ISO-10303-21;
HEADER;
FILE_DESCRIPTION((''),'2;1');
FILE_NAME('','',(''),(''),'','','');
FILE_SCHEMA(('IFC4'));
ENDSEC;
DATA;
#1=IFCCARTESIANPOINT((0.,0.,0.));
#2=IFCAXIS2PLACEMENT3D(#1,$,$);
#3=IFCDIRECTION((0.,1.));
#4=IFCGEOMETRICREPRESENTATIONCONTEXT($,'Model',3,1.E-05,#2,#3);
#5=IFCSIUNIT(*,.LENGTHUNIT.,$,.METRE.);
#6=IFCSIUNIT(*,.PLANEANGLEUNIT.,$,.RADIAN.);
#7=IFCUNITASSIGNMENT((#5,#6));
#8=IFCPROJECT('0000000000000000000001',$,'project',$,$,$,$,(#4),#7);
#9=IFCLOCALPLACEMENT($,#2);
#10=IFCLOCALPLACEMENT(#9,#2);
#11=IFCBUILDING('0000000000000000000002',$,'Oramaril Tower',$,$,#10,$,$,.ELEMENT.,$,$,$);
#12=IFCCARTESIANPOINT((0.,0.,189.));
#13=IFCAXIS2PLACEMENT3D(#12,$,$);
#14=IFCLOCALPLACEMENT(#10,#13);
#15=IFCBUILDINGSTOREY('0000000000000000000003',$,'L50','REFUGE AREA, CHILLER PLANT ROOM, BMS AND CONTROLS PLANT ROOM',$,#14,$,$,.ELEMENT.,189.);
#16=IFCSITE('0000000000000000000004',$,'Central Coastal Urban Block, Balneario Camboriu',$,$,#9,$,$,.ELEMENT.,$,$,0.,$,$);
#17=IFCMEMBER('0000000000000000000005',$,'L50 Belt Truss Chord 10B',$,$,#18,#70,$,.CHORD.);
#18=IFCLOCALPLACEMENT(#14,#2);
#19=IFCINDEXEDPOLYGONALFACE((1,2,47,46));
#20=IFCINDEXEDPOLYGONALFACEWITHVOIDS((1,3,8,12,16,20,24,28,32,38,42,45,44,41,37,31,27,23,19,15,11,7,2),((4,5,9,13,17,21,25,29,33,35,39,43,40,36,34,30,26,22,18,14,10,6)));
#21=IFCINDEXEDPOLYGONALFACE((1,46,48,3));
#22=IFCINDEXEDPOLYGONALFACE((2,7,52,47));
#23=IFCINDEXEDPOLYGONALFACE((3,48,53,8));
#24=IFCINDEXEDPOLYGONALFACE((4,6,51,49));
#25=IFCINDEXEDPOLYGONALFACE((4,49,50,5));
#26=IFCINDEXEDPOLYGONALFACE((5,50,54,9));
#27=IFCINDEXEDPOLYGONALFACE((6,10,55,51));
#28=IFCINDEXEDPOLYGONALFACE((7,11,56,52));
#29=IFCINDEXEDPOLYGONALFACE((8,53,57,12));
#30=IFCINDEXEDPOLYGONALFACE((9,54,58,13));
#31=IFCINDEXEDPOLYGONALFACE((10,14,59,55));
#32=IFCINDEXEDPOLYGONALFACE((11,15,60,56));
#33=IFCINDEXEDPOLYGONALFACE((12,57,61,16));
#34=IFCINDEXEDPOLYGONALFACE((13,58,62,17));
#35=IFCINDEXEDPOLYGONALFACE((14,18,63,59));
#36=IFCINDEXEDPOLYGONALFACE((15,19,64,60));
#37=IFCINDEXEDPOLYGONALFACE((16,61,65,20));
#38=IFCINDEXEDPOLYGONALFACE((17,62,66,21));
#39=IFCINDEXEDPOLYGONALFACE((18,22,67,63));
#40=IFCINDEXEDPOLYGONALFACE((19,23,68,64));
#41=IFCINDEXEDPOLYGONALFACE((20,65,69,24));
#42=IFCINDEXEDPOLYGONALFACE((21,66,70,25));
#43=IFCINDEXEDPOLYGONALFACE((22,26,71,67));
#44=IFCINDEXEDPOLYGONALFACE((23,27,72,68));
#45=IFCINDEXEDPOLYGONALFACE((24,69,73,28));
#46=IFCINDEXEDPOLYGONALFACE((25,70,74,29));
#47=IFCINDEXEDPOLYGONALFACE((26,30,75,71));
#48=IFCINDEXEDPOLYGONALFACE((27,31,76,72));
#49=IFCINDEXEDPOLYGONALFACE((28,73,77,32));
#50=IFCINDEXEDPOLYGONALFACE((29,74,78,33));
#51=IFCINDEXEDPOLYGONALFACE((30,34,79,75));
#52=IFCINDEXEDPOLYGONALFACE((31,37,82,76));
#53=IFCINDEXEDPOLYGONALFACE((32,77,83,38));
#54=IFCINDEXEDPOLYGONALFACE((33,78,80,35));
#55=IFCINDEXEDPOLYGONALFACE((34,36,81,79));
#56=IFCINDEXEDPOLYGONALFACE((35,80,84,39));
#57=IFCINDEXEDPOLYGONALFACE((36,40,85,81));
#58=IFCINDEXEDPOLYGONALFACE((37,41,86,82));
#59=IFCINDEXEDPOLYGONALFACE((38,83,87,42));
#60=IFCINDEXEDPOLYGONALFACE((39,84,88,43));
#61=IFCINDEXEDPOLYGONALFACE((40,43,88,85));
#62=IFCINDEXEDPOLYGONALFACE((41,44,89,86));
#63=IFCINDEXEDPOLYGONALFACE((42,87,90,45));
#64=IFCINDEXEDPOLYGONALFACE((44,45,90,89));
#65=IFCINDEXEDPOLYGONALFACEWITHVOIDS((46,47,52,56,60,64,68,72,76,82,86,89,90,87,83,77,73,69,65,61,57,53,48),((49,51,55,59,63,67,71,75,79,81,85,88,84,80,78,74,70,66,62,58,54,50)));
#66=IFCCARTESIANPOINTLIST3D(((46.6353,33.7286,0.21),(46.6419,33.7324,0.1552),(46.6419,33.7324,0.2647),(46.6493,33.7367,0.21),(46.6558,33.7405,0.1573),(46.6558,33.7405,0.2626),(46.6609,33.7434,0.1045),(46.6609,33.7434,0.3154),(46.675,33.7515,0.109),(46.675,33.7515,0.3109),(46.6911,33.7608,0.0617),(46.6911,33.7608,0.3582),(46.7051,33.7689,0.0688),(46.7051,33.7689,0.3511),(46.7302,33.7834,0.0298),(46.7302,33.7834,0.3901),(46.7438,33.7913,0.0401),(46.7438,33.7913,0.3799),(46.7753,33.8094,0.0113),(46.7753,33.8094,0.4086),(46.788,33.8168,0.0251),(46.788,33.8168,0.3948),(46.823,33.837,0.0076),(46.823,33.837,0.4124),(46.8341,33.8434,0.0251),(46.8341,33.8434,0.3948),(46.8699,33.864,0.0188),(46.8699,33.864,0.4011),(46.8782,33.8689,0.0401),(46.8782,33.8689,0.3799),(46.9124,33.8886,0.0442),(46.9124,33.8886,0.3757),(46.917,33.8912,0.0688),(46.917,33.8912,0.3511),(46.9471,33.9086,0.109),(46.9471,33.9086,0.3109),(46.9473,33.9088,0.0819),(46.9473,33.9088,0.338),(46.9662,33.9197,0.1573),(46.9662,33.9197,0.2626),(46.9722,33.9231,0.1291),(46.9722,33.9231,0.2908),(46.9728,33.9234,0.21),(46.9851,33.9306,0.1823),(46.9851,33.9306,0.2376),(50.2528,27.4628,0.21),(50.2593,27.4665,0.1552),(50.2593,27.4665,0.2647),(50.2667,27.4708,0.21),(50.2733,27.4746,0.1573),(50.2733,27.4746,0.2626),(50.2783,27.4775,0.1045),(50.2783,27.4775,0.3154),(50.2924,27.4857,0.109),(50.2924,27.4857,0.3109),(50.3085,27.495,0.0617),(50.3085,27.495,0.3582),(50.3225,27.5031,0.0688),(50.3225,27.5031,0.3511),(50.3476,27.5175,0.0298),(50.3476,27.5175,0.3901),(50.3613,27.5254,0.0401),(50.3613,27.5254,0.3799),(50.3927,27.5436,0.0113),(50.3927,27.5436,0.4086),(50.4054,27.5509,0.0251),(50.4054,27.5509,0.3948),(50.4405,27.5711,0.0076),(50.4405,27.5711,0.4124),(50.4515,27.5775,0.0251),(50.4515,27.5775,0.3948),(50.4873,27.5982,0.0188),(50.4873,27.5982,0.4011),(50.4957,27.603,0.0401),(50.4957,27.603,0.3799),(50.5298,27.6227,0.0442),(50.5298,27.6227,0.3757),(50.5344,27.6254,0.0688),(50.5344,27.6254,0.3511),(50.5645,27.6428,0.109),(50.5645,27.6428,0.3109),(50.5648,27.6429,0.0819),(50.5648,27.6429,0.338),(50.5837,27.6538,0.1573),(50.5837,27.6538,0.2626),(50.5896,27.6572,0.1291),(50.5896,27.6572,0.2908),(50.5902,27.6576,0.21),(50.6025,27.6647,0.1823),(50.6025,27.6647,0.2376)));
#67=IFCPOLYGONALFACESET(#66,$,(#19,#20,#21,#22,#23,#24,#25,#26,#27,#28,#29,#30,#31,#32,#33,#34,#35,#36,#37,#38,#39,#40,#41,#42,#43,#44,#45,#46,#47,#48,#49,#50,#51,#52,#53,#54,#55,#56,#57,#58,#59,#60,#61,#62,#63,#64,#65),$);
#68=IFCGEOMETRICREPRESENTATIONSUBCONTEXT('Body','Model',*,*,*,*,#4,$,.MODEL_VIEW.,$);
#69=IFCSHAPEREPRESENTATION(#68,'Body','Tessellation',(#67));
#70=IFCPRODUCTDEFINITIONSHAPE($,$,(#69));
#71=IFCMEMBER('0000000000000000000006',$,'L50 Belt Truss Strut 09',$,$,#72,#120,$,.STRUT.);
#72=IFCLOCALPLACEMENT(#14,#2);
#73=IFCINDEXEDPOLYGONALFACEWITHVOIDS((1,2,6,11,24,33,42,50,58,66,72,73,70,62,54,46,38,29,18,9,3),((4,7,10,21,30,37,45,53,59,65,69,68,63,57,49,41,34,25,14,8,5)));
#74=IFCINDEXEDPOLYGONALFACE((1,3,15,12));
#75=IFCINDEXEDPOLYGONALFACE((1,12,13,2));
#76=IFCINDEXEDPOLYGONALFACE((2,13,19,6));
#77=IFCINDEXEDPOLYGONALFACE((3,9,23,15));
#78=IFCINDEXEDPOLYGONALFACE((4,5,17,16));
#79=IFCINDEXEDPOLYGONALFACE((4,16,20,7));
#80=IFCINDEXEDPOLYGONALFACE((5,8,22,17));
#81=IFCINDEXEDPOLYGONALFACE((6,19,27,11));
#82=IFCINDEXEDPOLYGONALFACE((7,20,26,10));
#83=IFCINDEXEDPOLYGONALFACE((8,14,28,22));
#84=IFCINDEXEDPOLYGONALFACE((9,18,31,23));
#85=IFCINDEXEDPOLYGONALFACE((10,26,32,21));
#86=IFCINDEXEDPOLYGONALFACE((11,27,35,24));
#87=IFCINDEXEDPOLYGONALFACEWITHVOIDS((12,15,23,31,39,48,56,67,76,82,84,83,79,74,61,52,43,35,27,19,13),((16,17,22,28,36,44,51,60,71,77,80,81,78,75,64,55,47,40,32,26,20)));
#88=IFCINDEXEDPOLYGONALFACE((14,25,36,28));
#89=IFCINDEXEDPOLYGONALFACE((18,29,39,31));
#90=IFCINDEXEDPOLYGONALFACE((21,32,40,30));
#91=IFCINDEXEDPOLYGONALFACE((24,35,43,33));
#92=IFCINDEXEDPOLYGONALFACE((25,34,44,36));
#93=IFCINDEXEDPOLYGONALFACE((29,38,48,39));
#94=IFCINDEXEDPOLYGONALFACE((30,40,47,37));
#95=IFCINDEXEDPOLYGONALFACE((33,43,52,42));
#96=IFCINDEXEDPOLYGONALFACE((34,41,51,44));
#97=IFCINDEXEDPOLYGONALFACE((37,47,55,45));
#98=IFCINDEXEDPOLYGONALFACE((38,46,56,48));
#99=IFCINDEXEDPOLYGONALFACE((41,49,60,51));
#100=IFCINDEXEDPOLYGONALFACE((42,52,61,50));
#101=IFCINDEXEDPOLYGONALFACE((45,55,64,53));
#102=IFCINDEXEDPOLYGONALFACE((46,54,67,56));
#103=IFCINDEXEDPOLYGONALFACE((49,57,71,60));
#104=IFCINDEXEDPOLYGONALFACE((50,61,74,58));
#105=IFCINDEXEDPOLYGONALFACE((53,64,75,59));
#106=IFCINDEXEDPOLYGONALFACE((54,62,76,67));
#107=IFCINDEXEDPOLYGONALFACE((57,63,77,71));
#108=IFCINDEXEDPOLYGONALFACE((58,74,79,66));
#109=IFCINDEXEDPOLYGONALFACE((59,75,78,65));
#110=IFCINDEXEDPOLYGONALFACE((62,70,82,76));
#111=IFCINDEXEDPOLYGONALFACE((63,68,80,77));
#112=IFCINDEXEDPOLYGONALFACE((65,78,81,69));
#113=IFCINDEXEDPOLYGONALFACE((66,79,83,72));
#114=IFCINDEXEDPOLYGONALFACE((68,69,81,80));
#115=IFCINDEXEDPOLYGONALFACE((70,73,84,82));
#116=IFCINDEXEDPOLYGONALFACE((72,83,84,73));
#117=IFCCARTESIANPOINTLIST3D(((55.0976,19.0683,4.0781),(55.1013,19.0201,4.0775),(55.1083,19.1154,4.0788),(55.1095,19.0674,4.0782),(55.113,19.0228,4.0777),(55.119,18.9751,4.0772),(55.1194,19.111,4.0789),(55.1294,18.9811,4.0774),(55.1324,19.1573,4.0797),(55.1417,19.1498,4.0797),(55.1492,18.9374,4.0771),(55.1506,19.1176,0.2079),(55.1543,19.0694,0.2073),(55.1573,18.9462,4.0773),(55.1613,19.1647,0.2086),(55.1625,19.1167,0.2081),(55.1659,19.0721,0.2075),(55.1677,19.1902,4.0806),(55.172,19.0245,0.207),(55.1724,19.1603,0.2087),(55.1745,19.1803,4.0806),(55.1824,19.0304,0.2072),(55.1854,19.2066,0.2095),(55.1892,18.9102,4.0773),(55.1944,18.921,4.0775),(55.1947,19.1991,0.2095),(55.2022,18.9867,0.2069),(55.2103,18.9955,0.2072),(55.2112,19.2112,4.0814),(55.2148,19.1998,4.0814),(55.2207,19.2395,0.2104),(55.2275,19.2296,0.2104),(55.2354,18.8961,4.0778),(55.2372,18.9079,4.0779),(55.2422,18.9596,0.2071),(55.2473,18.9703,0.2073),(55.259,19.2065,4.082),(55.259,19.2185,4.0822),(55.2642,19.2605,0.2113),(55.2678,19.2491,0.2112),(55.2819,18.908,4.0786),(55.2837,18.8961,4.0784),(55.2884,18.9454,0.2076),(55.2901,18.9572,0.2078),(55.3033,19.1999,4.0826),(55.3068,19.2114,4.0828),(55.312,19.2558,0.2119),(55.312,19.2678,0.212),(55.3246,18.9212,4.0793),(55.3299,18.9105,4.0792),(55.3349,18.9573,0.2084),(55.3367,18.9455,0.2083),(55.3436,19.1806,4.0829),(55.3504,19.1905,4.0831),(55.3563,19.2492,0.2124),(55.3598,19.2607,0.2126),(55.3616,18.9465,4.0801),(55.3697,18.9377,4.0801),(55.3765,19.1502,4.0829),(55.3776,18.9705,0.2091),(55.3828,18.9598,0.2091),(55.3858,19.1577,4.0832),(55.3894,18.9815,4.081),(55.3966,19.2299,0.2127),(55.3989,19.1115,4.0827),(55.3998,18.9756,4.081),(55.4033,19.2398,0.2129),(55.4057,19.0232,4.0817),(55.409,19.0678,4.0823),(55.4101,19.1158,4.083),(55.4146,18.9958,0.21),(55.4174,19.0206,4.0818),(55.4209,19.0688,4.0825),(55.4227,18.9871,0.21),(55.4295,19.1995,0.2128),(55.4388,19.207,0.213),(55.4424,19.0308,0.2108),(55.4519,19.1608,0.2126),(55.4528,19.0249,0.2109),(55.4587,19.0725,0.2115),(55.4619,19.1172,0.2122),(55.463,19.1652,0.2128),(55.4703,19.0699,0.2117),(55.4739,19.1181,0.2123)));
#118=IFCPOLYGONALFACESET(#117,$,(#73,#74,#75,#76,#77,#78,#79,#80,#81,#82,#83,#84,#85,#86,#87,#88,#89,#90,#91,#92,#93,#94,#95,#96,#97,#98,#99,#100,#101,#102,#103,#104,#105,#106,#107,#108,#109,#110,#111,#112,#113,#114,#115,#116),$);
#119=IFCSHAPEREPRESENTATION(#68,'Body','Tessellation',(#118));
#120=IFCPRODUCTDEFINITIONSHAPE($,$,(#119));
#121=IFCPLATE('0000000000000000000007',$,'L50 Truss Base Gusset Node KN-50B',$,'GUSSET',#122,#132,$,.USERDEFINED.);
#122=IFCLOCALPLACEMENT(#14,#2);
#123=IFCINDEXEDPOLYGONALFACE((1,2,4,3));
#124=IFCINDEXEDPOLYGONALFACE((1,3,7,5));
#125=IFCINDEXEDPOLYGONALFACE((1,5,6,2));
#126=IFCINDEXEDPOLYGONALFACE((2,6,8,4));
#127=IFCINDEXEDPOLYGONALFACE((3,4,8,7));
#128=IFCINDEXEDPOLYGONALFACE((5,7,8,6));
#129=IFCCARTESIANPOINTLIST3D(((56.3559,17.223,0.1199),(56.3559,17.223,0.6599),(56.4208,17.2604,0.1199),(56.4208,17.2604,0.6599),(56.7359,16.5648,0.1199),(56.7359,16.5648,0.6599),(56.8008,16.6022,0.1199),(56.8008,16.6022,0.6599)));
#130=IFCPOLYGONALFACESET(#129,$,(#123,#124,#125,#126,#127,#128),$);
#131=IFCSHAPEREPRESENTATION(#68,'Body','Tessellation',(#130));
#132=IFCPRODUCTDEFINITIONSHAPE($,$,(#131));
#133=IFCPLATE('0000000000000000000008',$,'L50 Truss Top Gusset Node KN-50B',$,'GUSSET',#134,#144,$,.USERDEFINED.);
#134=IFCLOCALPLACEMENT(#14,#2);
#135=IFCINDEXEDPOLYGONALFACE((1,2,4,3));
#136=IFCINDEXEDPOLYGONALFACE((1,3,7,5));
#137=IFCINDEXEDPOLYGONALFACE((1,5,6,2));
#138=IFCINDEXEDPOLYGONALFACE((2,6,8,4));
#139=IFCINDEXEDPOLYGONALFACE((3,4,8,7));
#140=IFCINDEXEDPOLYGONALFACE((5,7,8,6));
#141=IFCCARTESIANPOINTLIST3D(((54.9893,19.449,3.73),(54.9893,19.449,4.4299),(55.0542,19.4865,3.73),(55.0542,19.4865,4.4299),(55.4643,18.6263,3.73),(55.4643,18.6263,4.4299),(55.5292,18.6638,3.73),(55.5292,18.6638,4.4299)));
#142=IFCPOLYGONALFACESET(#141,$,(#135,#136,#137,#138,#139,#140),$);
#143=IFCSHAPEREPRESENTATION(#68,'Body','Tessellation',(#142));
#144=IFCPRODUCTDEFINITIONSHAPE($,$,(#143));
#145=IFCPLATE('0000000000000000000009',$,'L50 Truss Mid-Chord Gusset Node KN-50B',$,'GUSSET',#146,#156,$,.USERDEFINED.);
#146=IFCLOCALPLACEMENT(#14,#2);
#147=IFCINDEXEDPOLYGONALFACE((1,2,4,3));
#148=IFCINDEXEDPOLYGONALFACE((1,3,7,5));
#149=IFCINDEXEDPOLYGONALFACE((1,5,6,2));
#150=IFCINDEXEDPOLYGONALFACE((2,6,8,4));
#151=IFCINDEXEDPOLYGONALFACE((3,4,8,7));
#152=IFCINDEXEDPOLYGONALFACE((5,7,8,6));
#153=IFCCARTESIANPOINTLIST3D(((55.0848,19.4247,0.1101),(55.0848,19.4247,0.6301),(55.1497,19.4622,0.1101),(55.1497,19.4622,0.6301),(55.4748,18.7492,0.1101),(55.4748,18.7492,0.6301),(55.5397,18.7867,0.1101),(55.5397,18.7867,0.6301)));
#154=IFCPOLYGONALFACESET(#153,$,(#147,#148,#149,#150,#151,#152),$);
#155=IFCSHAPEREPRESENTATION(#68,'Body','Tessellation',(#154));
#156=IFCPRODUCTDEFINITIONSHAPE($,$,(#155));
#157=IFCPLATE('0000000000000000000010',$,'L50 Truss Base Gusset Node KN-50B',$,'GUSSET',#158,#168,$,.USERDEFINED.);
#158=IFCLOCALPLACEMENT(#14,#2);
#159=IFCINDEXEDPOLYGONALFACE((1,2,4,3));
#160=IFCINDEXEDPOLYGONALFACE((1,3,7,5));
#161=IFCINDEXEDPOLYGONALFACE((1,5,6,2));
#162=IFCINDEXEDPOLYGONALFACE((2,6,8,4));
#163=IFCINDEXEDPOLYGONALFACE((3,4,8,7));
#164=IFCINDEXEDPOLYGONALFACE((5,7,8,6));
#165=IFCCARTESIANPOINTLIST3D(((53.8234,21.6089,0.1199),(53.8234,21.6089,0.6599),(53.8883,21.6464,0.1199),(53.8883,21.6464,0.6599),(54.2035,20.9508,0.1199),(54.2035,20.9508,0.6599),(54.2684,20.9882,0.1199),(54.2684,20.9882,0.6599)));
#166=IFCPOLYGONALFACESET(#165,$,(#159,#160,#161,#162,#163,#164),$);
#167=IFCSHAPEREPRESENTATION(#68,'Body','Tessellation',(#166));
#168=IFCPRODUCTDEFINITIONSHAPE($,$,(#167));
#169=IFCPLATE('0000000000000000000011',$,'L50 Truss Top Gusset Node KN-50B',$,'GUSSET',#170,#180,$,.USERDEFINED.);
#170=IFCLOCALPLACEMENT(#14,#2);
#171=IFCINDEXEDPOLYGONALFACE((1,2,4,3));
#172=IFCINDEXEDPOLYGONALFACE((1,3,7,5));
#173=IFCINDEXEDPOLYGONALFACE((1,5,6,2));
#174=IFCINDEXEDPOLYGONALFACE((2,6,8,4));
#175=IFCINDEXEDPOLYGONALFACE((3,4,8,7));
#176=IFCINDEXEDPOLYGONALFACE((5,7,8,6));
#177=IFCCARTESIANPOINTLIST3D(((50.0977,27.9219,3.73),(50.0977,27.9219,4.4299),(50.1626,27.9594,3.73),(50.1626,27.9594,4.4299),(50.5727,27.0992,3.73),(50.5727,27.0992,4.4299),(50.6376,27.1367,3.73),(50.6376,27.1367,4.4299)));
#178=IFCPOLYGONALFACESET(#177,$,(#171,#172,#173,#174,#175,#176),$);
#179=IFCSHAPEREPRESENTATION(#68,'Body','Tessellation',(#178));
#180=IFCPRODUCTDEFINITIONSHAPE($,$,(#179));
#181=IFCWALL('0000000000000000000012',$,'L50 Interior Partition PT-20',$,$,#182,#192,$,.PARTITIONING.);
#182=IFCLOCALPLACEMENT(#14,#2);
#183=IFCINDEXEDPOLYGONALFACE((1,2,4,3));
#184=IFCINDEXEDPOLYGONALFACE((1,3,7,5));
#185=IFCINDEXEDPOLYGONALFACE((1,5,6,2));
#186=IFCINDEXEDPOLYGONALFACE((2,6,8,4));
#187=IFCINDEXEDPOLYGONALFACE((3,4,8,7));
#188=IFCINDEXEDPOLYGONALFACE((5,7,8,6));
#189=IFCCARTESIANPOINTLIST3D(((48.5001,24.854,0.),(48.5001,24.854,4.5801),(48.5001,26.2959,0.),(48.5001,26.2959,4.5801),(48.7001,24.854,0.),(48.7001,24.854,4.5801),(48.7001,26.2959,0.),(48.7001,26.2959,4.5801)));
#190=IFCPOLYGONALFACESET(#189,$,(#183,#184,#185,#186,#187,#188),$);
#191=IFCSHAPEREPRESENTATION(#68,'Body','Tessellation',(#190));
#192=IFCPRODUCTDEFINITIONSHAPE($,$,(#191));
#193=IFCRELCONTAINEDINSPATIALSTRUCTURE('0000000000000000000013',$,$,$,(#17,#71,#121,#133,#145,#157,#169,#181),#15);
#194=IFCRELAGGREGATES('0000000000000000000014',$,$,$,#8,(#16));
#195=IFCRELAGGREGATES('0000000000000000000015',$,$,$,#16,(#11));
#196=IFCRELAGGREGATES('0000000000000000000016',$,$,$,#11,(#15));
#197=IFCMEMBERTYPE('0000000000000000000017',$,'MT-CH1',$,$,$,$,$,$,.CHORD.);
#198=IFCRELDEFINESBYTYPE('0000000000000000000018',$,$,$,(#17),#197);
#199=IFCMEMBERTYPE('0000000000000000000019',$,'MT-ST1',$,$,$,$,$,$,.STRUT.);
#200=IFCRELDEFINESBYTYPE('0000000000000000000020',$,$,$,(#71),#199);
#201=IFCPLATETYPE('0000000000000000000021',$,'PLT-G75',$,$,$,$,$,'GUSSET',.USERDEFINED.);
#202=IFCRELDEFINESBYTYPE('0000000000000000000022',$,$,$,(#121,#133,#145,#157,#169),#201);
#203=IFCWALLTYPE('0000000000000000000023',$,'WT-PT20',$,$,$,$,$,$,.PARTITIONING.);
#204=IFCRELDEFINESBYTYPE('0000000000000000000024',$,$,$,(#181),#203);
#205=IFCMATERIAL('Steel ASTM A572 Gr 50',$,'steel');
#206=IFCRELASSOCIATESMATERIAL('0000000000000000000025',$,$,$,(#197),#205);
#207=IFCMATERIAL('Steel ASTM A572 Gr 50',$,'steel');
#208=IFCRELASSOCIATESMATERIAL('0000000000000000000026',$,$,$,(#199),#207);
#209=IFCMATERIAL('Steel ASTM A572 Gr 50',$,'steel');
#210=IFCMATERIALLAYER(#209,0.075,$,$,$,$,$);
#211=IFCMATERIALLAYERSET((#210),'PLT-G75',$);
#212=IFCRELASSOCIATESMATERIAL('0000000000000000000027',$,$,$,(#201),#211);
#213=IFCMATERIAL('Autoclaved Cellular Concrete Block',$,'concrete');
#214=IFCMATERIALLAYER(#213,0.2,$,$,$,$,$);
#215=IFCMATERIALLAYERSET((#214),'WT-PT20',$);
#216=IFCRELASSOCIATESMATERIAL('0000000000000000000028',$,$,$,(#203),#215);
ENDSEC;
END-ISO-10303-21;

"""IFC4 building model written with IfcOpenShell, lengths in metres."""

from ifc_helpers import new_model, si_unit, direction, frame, frame_2d, origin, origin_2d, place, context, subcontext, project, spatial, rectangle, hollow_circle, extrude, material, layer, layer_set, material_profile, profile_set, type_object, element, save


model = new_model("IFC4")

# Units and contexts
model_context = context("Model", 3, precision=1e-05, world=origin(), true_north=direction((0.0, 1.0)))
body_context = subcontext(model_context, "Body", "Model", "MODEL_VIEW")
ifc_project = project(units=[si_unit("LENGTHUNIT", "METRE"), si_unit("PLANEANGLEUNIT", "RADIAN")], contexts=[model_context])

# Site, building, storey
site_placement = place(None, origin())
site = spatial("IfcSite", under=ifc_project, at=site_placement, Name="Central Coastal Urban Block, Balneario Camboriu", CompositionType="ELEMENT", RefElevation=0.0)
building_placement = place(site_placement, origin())
building = spatial("IfcBuilding", under=site, at=building_placement, Name="Oramaril Tower", CompositionType="ELEMENT")
storey_placement = place(building_placement, frame((0.0, 0.0, 189.0)))
storey = spatial("IfcBuildingStorey", under=building, at=storey_placement, Name="L50", Description="REFUGE AREA, CHILLER PLANT ROOM, BMS AND CONTROLS PLANT ROOM", CompositionType="ELEMENT", Elevation=189.0)

# Members
ifc_material_1 = material(Name="Steel ASTM A572 Gr 50", Category="steel")
ifc_material_profile_1 = material_profile(ifc_material_1, hollow_circle(Radius=0.2029, WallThickness=0.0161, at=origin_2d()), Name="CHS406X16")
ifc_profile_set_1 = profile_set([ifc_material_profile_1], Name="Steel ASTM A572 Gr 50")
member_type_1 = type_object("IfcMemberType", Name="MT-CH1", PredefinedType="CHORD", material=ifc_profile_set_1)
member_1_placement = place(storey_placement, frame((50.4285, 27.5642, 0.21), z_axis=(-0.499982, 0.866036, 0.0), x_axis=(-0.866036, -0.499982, 0.0)))
element("IfcMember", 1, at=member_1_placement, inside=storey, type_object=member_type_1, Name="L50 Belt Truss Chord 10B", PredefinedType="CHORD", context=body_context, shape_type="SweptSolid", body=[
    extrude(hollow_circle(Radius=0.2029, WallThickness=0.0161, at=origin_2d()), origin(), (0.0, 0.0, 1.0), 7.2351),
])
ifc_material_2 = material(Name="Steel ASTM A572 Gr 50", Category="steel")
ifc_material_profile_2 = material_profile(ifc_material_2, hollow_circle(Radius=0.1621, WallThickness=0.012, at=origin_2d()), Name="CHS324X12")
ifc_profile_set_2 = profile_set([ifc_material_profile_2], Name="Steel ASTM A572 Gr 50")
member_type_2 = type_object("IfcMemberType", Name="MT-ST1", PredefinedType="STRUT", material=ifc_profile_set_2)
member_2_placement = place(storey_placement, frame((55.3123, 19.1057, 0.21), z_axis=(-0.013687, -0.012741, 0.999825), x_axis=(0.681356, -0.731952, 0.0)))
element("IfcMember", 2, at=member_2_placement, inside=storey, type_object=member_type_2, Name="L50 Belt Truss Strut 09", PredefinedType="STRUT", context=body_context, shape_type="SweptSolid", body=[
    extrude(hollow_circle(Radius=0.1621, WallThickness=0.012, at=origin_2d()), origin(), (0.0, 0.0, 1.0), 3.8708),
])

# Plates
ifc_material_3 = material(Name="Steel ASTM A572 Gr 50", Category="steel")
ifc_layer_1 = layer(ifc_material_3, 0.075)
ifc_layer_set_1 = layer_set([ifc_layer_1], Name="PLT-G75")
plate_type = type_object("IfcPlateType", Name="PLT-G75", ElementType="GUSSET", PredefinedType="USERDEFINED", material=ifc_layer_set_1)
plate_1_placement = place(storey_placement, frame((56.5784, 16.9126, 0.1199), z_axis=(0.0, 0.0, 1.0), x_axis=(-0.499997, 0.866027, 0.0)))
element("IfcPlate", 3, at=plate_1_placement, inside=storey, type_object=plate_type, Name="L50 Truss Base Gusset Node KN-50B", ObjectType="GUSSET", PredefinedType="USERDEFINED", context=body_context, shape_type="SweptSolid", body=[
    extrude(rectangle(XDim=0.76, YDim=0.075, at=origin_2d()), origin(), (0.0, 0.0, 1.0), 0.54),
])
plate_2_placement = place(storey_placement, frame((55.2593, 19.0564, 3.73), z_axis=(0.0, 0.0, 1.0), x_axis=(-0.500015, 0.866017, 0.0)))
element("IfcPlate", 4, at=plate_2_placement, inside=storey, type_object=plate_type, Name="L50 Truss Top Gusset Node KN-50B", ObjectType="GUSSET", PredefinedType="USERDEFINED", context=body_context, shape_type="SweptSolid", body=[
    extrude(rectangle(XDim=0.95, YDim=0.075, at=origin_2d()), origin(), (0.0, 0.0, 1.0), 0.7),
])
plate_3_placement = place(storey_placement, frame((55.3123, 19.1057, 0.1101), z_axis=(0.0, 0.0, 1.0), x_axis=(-0.500015, 0.866017, 0.0)))
element("IfcPlate", 5, at=plate_3_placement, inside=storey, type_object=plate_type, Name="L50 Truss Mid-Chord Gusset Node KN-50B", ObjectType="GUSSET", PredefinedType="USERDEFINED", context=body_context, shape_type="SweptSolid", body=[
    extrude(rectangle(XDim=0.78, YDim=0.075, at=origin_2d()), origin(), (0.0, 0.0, 1.0), 0.52),
])
plate_4_placement = place(storey_placement, frame((54.0459, 21.2986, 0.1199), z_axis=(0.0, 0.0, 1.0), x_axis=(-0.500015, 0.866017, 0.0)))
element("IfcPlate", 6, at=plate_4_placement, inside=storey, type_object=plate_type, Name="L50 Truss Base Gusset Node KN-50B", ObjectType="GUSSET", PredefinedType="USERDEFINED", context=body_context, shape_type="SweptSolid", body=[
    extrude(rectangle(XDim=0.76, YDim=0.075, at=origin_2d()), origin(), (0.0, 0.0, 1.0), 0.54),
])
plate_5_placement = place(storey_placement, frame((50.3677, 27.5293, 3.73), z_axis=(0.0, 0.0, 1.0), x_axis=(-0.5, 0.866025, 0.0)))
element("IfcPlate", 7, at=plate_5_placement, inside=storey, type_object=plate_type, Name="L50 Truss Top Gusset Node KN-50B", ObjectType="GUSSET", PredefinedType="USERDEFINED", context=body_context, shape_type="SweptSolid", body=[
    extrude(rectangle(XDim=0.95, YDim=0.075, at=origin_2d()), origin(), (0.0, 0.0, 1.0), 0.7),
])

# Wall
ifc_material_4 = material(Name="Autoclaved Cellular Concrete Block", Category="concrete")
ifc_layer_2 = layer(ifc_material_4, 0.2)
ifc_layer_set_2 = layer_set([ifc_layer_2], Name="WT-PT20")
wall_type = type_object("IfcWallType", Name="WT-PT20", PredefinedType="PARTITIONING", material=ifc_layer_set_2)
wall_placement = place(storey_placement, frame((48.6001, 24.854, 0.0), z_axis=(0.0, 0.0, 1.0), x_axis=(0.0, 1.0, 0.0)))
element("IfcWall", 8, at=wall_placement, inside=storey, type_object=wall_type, Name="L50 Interior Partition PT-20", PredefinedType="PARTITIONING", context=body_context, shape_type="SweptSolid", body=[
    extrude(rectangle(XDim=1.4419, YDim=0.2, at=frame_2d((0.7209, 0.0))), origin(), (0.0, 0.0, 1.0), 4.5801),
])

save(model, "model.ifc")
